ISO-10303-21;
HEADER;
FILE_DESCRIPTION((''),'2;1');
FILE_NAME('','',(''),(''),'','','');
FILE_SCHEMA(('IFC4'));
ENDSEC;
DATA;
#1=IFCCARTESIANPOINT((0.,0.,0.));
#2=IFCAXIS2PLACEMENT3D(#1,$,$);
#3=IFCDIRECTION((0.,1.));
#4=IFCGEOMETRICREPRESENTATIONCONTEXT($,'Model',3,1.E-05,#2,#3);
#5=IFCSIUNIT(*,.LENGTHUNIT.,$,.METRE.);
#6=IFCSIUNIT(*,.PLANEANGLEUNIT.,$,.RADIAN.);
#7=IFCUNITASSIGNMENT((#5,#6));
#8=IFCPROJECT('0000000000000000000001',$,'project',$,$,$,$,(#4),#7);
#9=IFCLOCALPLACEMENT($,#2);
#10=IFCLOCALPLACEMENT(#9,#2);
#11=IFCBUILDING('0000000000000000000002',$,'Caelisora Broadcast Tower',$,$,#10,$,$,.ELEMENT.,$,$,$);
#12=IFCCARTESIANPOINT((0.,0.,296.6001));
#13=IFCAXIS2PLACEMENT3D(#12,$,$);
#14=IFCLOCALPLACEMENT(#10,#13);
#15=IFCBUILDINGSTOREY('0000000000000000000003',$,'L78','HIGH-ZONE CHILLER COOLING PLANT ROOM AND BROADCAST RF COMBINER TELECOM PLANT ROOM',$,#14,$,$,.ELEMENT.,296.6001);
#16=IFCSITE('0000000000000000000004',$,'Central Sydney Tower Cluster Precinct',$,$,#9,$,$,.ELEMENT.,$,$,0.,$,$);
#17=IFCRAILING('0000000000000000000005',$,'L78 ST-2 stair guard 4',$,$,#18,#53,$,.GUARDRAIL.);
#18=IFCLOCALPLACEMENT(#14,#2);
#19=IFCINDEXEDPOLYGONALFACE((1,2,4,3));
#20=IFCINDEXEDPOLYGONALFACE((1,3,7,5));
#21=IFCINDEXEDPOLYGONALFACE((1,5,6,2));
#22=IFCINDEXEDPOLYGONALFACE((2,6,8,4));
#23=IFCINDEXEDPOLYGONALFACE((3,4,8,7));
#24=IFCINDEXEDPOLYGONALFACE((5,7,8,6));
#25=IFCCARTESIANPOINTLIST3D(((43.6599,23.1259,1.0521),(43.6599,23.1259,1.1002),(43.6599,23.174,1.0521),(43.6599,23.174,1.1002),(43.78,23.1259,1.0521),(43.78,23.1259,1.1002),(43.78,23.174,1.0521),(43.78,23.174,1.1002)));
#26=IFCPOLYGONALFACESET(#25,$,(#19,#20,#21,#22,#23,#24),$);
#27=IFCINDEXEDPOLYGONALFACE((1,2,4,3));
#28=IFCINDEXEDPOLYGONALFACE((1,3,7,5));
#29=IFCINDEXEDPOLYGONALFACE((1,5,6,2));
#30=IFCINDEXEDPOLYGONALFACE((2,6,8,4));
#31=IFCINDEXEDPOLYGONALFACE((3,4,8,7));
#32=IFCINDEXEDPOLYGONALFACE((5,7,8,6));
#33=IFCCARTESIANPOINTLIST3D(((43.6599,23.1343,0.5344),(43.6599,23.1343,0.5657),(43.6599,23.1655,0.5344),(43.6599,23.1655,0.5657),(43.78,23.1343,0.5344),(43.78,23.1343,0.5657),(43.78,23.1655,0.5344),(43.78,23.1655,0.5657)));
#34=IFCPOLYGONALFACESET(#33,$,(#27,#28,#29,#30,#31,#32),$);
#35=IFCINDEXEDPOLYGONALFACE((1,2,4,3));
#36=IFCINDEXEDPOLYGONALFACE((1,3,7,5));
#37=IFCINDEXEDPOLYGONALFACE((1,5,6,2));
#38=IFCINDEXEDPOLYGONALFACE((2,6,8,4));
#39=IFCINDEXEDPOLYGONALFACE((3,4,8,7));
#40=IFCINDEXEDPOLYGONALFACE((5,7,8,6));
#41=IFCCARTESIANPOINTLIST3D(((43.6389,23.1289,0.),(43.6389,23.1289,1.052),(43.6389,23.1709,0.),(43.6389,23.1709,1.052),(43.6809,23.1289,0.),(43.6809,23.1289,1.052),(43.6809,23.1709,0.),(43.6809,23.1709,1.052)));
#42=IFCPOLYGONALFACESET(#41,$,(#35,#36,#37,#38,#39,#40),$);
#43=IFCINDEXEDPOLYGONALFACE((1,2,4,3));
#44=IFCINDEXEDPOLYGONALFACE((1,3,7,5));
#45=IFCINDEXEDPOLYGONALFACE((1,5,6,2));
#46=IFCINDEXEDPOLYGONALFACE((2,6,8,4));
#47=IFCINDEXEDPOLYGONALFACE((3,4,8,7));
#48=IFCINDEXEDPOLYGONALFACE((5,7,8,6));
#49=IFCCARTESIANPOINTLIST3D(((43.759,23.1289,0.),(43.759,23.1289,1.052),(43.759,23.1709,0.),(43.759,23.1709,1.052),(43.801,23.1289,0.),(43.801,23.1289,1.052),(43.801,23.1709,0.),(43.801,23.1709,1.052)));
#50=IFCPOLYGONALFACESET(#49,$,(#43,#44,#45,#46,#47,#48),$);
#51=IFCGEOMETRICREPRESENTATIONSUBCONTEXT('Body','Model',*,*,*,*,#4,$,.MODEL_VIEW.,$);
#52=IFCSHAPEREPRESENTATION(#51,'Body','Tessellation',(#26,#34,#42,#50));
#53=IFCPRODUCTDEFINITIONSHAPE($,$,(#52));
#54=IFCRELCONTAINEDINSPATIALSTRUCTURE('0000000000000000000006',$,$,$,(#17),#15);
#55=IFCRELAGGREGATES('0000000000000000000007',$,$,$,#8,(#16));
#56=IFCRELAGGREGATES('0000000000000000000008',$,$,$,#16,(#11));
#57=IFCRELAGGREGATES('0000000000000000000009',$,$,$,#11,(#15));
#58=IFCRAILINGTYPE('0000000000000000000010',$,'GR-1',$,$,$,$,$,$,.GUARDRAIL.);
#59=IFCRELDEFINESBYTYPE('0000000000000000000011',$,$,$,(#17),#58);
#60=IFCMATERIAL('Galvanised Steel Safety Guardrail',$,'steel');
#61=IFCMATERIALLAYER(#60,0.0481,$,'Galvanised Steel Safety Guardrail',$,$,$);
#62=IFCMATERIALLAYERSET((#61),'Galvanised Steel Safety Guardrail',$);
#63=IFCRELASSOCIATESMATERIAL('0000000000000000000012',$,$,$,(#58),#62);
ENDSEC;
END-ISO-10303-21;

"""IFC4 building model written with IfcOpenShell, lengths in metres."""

from ifc_helpers import new_model, si_unit, direction, frame, origin, origin_2d, place, context, subcontext, project, spatial, rectangle, extrude, material, layer, layer_set, type_object, element, save


model = new_model("IFC4")

# Units and contexts
model_context = context("Model", 3, precision=1e-05, world=origin(), true_north=direction((0.0, 1.0)))
body_context = subcontext(model_context, "Body", "Model", "MODEL_VIEW")
ifc_project = project(units=[si_unit("LENGTHUNIT", "METRE"), si_unit("PLANEANGLEUNIT", "RADIAN")], contexts=[model_context])

# Site, building, storey
site_placement = place(None, origin())
site = spatial("IfcSite", under=ifc_project, at=site_placement, Name="Central Sydney Tower Cluster Precinct", CompositionType="ELEMENT", RefElevation=0.0)
building_placement = place(site_placement, origin())
building = spatial("IfcBuilding", under=site, at=building_placement, Name="Caelisora Broadcast Tower", CompositionType="ELEMENT")
storey_placement = place(building_placement, frame((0.0, 0.0, 296.6001)))
storey = spatial("IfcBuildingStorey", under=building, at=storey_placement, Name="L78", Description="HIGH-ZONE CHILLER COOLING PLANT ROOM AND BROADCAST RF COMBINER TELECOM PLANT ROOM", CompositionType="ELEMENT", Elevation=296.6001)

# Railing
ifc_material_1 = material(Name="Galvanised Steel Safety Guardrail", Category="steel")
ifc_layer_1 = layer(ifc_material_1, 0.0481, Name="Galvanised Steel Safety Guardrail")
ifc_layer_set_1 = layer_set([ifc_layer_1], Name="Galvanised Steel Safety Guardrail")
railing_type = type_object("IfcRailingType", Name="GR-1", PredefinedType="GUARDRAIL", material=ifc_layer_set_1)
railing_placement = place(storey_placement, frame((43.6599, 23.1499, 0.0)))
element("IfcRailing", 1, at=railing_placement, inside=storey, type_object=railing_type, Name="L78 ST-2 stair guard 4", PredefinedType="GUARDRAIL", context=body_context, shape_type="SweptSolid", body=[
    extrude(rectangle(XDim=0.0481, YDim=0.0481, at=origin_2d()), frame((0.0, 0.0, 1.0762), z_axis=(1.0, 0.0, 0.0), x_axis=(0.0, 1.0, 0.0)), (0.0, 0.0, 1.0), 0.1201),
    extrude(rectangle(XDim=0.0312, YDim=0.0312, at=origin_2d()), frame((0.0, 0.0, 0.55), z_axis=(1.0, 0.0, 0.0), x_axis=(0.0, 1.0, 0.0)), (0.0, 0.0, 1.0), 0.1201),
    extrude(rectangle(XDim=0.042, YDim=0.042, at=origin_2d()), origin(), (0.0, 0.0, 1.0), 1.052),
    extrude(rectangle(XDim=0.042, YDim=0.042, at=origin_2d()), frame((0.1201, 0.0, 0.0)), (0.0, 0.0, 1.0), 1.052),
])

save(model, "model.ifc")
